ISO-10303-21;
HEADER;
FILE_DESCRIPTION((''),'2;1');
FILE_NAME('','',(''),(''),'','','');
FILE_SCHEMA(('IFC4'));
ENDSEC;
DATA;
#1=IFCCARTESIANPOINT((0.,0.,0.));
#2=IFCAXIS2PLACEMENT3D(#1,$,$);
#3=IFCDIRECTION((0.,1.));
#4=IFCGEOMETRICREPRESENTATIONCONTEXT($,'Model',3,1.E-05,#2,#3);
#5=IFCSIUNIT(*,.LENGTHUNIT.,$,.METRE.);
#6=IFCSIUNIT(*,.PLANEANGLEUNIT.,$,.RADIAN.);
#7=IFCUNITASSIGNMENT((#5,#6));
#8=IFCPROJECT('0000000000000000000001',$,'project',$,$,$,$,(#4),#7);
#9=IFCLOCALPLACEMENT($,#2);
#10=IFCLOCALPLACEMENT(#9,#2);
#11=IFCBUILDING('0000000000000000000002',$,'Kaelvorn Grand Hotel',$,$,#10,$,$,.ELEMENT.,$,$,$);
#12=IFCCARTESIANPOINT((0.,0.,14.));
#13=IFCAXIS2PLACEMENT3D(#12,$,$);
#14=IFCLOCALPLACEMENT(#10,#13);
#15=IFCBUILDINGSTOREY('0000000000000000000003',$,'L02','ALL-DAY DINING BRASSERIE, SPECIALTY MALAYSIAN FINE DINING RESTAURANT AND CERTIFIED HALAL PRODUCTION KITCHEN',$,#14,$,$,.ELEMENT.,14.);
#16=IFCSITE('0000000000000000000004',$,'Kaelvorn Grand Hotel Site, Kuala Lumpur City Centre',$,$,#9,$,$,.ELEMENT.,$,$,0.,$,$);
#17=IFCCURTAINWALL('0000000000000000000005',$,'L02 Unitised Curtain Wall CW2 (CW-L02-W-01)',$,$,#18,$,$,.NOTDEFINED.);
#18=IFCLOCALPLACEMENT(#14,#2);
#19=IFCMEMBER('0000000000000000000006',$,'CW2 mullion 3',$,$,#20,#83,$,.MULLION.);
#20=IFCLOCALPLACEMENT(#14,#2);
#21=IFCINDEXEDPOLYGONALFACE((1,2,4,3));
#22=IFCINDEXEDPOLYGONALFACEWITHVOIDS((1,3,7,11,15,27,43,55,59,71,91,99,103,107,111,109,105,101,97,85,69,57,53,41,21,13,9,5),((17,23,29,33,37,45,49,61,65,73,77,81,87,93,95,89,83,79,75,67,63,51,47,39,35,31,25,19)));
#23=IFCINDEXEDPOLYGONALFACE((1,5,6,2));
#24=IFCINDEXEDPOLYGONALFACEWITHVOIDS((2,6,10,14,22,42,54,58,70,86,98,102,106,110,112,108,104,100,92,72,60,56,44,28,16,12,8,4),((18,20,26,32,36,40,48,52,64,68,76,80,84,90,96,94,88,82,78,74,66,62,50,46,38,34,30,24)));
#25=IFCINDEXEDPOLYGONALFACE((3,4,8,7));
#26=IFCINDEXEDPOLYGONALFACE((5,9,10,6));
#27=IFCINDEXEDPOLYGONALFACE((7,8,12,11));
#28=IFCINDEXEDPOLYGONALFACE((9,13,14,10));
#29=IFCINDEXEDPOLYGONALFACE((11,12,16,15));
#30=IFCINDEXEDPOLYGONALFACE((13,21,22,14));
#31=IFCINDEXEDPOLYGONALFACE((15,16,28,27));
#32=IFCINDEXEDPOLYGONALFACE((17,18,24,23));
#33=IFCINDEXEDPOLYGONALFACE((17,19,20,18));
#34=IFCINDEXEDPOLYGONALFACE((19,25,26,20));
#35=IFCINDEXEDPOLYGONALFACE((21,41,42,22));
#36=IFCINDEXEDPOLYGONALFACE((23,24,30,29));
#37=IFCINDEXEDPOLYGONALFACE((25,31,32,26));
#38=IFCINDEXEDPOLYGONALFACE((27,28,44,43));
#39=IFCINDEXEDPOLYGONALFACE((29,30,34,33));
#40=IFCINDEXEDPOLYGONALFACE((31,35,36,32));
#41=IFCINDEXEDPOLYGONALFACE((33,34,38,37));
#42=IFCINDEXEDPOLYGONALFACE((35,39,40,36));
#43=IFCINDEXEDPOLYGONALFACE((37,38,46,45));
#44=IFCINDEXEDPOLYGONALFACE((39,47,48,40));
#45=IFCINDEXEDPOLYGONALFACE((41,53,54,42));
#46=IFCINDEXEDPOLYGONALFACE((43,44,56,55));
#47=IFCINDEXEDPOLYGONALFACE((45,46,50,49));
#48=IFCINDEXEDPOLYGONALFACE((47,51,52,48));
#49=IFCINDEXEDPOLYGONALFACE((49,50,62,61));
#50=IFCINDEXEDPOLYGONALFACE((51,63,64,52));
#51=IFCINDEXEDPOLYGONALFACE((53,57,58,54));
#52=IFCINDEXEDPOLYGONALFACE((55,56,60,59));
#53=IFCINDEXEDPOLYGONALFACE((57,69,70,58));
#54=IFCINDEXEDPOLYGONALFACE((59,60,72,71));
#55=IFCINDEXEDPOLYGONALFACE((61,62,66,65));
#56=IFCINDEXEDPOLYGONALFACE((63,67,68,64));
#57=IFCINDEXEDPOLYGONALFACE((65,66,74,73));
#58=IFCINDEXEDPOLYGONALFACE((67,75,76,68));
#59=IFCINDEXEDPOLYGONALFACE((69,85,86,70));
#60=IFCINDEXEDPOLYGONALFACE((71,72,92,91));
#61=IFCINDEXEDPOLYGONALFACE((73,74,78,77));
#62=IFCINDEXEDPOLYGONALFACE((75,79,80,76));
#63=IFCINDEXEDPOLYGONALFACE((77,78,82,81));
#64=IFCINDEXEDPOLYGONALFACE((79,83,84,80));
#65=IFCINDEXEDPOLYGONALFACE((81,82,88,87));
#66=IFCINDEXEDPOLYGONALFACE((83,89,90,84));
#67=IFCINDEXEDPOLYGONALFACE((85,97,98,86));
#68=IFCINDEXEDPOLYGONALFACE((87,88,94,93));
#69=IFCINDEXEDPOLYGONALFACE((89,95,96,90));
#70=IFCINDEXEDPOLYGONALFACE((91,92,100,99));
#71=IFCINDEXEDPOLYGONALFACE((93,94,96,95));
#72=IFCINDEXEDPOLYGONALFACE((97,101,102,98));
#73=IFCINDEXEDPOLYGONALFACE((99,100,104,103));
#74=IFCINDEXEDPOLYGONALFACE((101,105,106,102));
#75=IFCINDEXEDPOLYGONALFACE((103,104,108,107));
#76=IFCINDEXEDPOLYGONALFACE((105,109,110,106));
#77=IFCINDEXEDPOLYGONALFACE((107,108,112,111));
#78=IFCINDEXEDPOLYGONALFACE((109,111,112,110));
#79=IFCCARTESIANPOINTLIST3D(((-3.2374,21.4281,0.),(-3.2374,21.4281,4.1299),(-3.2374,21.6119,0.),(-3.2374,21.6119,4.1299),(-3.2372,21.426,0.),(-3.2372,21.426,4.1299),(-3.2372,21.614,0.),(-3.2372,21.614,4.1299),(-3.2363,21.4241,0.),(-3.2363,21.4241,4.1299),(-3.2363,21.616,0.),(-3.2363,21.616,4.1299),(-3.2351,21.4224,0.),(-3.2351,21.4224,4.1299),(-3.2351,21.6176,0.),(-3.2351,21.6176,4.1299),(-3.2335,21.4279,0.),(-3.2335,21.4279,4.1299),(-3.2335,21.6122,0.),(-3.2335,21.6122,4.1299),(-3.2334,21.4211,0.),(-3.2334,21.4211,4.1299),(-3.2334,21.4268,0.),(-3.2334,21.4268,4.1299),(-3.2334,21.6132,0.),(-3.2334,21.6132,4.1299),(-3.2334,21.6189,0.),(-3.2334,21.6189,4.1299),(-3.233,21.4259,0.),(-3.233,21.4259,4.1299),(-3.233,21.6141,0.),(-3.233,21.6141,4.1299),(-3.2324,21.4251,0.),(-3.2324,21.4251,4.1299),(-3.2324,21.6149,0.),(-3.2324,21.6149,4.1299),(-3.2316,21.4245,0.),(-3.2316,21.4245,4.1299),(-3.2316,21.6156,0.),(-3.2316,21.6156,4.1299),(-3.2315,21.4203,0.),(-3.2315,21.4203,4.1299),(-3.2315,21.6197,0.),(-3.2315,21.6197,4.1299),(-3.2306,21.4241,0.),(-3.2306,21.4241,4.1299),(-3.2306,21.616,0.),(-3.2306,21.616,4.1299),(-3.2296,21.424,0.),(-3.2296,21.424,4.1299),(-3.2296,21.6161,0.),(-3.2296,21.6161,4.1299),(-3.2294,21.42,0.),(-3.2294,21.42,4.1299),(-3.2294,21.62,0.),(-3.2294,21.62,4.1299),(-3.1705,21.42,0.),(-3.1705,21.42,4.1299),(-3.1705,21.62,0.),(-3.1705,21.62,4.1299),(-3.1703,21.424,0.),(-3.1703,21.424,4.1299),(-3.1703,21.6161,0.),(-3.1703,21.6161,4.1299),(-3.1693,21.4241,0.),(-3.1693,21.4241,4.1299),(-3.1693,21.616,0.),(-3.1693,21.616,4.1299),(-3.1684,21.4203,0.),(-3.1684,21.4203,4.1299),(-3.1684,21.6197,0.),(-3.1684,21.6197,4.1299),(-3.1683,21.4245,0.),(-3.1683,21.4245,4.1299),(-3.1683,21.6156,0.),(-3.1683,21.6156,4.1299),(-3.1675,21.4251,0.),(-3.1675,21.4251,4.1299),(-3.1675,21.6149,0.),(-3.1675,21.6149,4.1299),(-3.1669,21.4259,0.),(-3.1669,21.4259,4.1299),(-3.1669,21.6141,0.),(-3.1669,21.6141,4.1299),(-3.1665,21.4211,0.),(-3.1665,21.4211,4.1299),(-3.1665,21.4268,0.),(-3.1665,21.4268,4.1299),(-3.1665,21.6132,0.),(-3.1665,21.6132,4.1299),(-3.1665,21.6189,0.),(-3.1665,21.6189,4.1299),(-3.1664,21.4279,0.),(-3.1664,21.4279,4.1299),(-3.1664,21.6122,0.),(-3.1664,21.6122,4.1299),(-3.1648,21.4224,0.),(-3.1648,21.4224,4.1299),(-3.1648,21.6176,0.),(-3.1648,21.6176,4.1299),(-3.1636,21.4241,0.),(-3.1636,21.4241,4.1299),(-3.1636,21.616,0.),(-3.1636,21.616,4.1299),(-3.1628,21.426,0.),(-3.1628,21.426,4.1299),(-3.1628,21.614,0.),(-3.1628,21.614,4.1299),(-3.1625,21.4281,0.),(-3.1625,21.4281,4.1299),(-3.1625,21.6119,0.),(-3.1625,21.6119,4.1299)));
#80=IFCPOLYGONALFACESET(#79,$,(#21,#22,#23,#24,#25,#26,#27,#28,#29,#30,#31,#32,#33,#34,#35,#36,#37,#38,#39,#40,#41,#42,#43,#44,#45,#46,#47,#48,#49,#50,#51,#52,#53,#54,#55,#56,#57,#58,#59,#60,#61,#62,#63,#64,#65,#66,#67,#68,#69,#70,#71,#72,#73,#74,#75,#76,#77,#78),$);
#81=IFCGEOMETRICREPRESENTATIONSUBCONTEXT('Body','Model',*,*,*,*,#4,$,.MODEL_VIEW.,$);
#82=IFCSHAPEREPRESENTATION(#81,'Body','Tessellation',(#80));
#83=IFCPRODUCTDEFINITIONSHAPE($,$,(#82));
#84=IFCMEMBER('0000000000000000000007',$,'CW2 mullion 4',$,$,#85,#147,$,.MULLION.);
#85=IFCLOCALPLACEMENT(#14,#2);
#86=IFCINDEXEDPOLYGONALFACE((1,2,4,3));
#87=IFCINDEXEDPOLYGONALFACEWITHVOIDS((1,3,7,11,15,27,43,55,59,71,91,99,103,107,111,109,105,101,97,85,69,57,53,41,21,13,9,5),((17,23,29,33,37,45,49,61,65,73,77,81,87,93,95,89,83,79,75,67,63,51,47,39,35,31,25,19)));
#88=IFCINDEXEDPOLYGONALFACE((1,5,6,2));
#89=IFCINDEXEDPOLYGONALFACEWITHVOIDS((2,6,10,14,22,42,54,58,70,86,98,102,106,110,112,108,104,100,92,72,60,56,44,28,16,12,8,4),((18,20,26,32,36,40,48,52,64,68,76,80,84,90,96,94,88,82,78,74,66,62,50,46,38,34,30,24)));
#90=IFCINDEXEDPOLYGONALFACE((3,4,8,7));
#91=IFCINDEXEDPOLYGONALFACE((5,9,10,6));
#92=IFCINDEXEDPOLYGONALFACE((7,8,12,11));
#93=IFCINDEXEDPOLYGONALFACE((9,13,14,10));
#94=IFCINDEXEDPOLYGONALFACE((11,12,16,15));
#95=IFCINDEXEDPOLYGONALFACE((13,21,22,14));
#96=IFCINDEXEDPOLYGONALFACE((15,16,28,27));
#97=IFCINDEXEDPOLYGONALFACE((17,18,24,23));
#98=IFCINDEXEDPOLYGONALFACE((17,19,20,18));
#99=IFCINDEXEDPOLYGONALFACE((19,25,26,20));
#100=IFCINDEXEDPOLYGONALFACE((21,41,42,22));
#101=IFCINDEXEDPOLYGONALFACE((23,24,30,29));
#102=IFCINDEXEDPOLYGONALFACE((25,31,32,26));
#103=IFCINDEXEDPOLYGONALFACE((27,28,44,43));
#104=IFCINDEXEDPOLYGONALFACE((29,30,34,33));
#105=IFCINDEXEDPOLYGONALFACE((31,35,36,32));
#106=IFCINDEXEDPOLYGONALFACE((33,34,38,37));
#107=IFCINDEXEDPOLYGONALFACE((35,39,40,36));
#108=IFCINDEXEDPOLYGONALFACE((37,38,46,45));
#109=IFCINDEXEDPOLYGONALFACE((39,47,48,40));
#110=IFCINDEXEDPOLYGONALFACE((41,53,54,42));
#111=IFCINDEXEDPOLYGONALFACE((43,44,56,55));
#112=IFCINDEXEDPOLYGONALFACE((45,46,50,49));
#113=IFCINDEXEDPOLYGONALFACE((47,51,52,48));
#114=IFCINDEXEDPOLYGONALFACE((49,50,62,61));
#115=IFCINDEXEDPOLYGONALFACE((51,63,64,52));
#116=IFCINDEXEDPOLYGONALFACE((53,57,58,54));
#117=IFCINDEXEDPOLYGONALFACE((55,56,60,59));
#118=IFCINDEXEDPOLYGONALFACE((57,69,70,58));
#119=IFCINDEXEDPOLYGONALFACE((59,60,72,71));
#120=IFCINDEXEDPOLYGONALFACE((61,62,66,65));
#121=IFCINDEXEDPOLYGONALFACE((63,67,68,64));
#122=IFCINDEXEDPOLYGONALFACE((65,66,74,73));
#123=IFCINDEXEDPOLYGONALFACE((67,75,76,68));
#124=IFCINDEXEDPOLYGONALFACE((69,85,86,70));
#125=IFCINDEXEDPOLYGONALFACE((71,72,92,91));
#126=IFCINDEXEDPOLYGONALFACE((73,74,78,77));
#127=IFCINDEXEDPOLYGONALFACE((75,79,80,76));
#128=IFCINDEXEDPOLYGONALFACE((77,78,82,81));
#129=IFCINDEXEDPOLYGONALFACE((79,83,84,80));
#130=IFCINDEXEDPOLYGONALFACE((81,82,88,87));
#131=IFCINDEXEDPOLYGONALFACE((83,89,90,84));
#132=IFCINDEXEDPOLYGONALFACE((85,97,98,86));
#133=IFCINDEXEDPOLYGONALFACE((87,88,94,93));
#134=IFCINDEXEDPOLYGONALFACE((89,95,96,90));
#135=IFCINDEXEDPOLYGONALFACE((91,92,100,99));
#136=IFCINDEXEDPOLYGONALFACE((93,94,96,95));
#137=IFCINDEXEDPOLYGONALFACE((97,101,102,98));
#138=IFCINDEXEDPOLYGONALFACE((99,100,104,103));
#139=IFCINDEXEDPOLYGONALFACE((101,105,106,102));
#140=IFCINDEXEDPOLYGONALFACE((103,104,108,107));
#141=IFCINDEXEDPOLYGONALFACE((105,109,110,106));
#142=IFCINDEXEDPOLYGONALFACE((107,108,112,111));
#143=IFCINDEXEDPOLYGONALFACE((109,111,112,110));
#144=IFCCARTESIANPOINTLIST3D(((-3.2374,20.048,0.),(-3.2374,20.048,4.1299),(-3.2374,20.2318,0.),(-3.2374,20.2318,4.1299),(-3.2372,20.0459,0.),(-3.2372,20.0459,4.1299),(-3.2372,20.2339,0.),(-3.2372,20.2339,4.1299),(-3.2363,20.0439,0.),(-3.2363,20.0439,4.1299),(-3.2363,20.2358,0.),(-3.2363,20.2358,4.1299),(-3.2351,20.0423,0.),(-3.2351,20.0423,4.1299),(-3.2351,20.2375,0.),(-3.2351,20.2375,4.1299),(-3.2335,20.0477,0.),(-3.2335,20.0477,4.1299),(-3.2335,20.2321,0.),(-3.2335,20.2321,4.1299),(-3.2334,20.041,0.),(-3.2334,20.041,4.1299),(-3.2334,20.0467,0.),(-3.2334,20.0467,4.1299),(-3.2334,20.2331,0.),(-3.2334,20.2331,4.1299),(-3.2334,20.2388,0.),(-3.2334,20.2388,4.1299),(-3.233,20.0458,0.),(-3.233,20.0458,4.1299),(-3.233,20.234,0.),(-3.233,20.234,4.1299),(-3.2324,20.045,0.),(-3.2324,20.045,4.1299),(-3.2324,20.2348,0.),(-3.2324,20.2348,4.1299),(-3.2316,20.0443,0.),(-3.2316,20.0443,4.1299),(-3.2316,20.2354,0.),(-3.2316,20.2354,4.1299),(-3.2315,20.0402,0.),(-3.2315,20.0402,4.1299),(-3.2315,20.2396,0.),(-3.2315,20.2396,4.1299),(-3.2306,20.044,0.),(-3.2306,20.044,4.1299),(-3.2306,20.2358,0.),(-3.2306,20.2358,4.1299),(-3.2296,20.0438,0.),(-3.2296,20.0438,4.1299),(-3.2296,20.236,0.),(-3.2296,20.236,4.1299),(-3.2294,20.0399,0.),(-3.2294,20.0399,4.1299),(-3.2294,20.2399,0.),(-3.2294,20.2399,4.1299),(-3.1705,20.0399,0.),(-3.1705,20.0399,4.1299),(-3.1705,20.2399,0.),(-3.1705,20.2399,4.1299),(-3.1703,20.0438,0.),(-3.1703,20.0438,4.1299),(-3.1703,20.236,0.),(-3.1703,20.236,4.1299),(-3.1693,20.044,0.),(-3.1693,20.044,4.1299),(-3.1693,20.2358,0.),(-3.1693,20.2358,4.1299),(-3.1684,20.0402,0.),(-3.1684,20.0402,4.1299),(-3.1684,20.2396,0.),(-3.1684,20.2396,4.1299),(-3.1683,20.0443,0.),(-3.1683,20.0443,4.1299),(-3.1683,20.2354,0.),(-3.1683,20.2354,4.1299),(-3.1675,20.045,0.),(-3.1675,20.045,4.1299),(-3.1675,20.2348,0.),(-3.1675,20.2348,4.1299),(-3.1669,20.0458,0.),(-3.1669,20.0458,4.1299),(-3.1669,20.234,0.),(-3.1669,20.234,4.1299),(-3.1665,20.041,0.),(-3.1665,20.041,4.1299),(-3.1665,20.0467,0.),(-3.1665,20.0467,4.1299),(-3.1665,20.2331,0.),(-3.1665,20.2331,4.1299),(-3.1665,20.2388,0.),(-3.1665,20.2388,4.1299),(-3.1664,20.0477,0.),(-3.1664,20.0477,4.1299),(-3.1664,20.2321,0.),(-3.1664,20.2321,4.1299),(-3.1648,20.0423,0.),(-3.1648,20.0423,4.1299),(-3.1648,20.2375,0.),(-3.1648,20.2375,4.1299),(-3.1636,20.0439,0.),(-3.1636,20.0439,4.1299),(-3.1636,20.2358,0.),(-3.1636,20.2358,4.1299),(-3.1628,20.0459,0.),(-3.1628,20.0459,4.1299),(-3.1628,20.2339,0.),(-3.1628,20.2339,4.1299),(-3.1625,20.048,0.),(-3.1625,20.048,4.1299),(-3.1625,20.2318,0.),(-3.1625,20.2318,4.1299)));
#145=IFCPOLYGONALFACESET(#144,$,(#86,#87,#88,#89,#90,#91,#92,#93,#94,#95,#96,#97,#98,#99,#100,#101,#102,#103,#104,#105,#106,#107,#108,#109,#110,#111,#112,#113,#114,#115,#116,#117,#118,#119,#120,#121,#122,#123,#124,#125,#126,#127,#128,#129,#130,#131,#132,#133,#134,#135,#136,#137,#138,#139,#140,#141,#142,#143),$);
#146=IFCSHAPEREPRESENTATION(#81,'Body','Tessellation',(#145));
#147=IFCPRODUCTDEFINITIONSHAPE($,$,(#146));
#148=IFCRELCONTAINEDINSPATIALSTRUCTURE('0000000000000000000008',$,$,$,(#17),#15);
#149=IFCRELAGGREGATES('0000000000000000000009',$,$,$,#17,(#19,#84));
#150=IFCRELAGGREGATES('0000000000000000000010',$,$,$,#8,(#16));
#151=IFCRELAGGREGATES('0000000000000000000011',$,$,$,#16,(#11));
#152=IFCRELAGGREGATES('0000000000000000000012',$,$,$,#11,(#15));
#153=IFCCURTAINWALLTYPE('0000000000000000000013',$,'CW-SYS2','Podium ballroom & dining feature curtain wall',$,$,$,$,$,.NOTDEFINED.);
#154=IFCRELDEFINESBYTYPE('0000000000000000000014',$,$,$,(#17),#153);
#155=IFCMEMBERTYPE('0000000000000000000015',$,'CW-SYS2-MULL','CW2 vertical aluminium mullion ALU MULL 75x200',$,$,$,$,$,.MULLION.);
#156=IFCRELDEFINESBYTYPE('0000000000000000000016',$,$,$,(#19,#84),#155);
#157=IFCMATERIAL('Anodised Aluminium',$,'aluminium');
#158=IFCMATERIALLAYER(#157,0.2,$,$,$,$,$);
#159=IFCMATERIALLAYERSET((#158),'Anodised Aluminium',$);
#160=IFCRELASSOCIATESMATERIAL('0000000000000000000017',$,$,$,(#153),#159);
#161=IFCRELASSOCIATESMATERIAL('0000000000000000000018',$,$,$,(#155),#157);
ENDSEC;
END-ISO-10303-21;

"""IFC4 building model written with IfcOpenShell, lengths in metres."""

from ifc_helpers import new_model, si_unit, direction, frame, origin, origin_2d, place, context, subcontext, project, spatial, hollow_rectangle, extrude, material, layer, layer_set, material_profile, profile_set, type_object, element, aggregate, save


model = new_model("IFC4")

# Units and contexts
model_context = context("Model", 3, precision=1e-05, world=origin(), true_north=direction((0.0, 1.0)))
body_context = subcontext(model_context, "Body", "Model", "MODEL_VIEW")
ifc_project = project(units=[si_unit("LENGTHUNIT", "METRE"), si_unit("PLANEANGLEUNIT", "RADIAN")], contexts=[model_context])

# Site, building, storey
site_placement = place(None, origin())
site = spatial("IfcSite", under=ifc_project, at=site_placement, Name="Kaelvorn Grand Hotel Site, Kuala Lumpur City Centre", CompositionType="ELEMENT", RefElevation=0.0)
building_placement = place(site_placement, origin())
building = spatial("IfcBuilding", under=site, at=building_placement, Name="Kaelvorn Grand Hotel", CompositionType="ELEMENT")
storey_placement = place(building_placement, frame((0.0, 0.0, 14.0)))
storey = spatial("IfcBuildingStorey", under=building, at=storey_placement, Name="L02", Description="ALL-DAY DINING BRASSERIE, SPECIALTY MALAYSIAN FINE DINING RESTAURANT AND CERTIFIED HALAL PRODUCTION KITCHEN", CompositionType="ELEMENT", Elevation=14.0)

# Curtain wall, members
ifc_material_1 = material(Name="Anodised Aluminium", Category="aluminium")
ifc_layer_1 = layer(ifc_material_1, 0.2)
ifc_layer_set_1 = layer_set([ifc_layer_1], Name="Anodised Aluminium")
curtain_wall_type = type_object("IfcCurtainWallType", Name="CW-SYS2", Description="Podium ballroom & dining feature curtain wall", PredefinedType="NOTDEFINED", material=ifc_layer_set_1)
curtain_wall_placement = place(storey_placement, origin())
curtain_wall = element("IfcCurtainWall", 1, at=curtain_wall_placement, inside=storey, type_object=curtain_wall_type, Name="L02 Unitised Curtain Wall CW2 (CW-L02-W-01)", PredefinedType="NOTDEFINED")
ifc_material_profile_1 = material_profile(ifc_material_1, hollow_rectangle(XDim=0.075, YDim=0.2, WallThickness=0.0039, InnerFilletRadius=0.0039, OuterFilletRadius=0.0081, at=origin_2d()), Name="ALU MULL 75x200")
ifc_profile_set_1 = profile_set([ifc_material_profile_1], Name="Anodised Aluminium")
member_type_1 = type_object("IfcMemberType", Name="CW-SYS2-MULL", Description="CW2 vertical aluminium mullion ALU MULL 75x200", PredefinedType="MULLION", material=ifc_profile_set_1)
member_1_placement = place(storey_placement, frame((-3.2, 21.52, 0.0), z_axis=(0.0, 0.0, 1.0), x_axis=(1.0, 0.0, 0.0)))
member_1 = element("IfcMember", 2, at=member_1_placement, type_object=member_type_1, Name="CW2 mullion 3", PredefinedType="MULLION", context=body_context, shape_type="SweptSolid", body=[
    extrude(hollow_rectangle(XDim=0.075, YDim=0.2, WallThickness=0.0039, InnerFilletRadius=0.0039, OuterFilletRadius=0.0081, at=origin_2d()), origin(), (0.0, 0.0, 1.0), 4.1299),
])
member_2_placement = place(storey_placement, frame((-3.2, 20.1399, 0.0), z_axis=(0.0, 0.0, 1.0), x_axis=(1.0, 0.0, 0.0)))
member_2 = element("IfcMember", 3, at=member_2_placement, type_object=member_type_1, Name="CW2 mullion 4", PredefinedType="MULLION", context=body_context, shape_type="SweptSolid", body=[
    extrude(hollow_rectangle(XDim=0.075, YDim=0.2, WallThickness=0.0039, InnerFilletRadius=0.0039, OuterFilletRadius=0.0081, at=origin_2d()), origin(), (0.0, 0.0, 1.0), 4.1299),
])
aggregate(curtain_wall, [member_1, member_2])

save(model, "model.ifc")
